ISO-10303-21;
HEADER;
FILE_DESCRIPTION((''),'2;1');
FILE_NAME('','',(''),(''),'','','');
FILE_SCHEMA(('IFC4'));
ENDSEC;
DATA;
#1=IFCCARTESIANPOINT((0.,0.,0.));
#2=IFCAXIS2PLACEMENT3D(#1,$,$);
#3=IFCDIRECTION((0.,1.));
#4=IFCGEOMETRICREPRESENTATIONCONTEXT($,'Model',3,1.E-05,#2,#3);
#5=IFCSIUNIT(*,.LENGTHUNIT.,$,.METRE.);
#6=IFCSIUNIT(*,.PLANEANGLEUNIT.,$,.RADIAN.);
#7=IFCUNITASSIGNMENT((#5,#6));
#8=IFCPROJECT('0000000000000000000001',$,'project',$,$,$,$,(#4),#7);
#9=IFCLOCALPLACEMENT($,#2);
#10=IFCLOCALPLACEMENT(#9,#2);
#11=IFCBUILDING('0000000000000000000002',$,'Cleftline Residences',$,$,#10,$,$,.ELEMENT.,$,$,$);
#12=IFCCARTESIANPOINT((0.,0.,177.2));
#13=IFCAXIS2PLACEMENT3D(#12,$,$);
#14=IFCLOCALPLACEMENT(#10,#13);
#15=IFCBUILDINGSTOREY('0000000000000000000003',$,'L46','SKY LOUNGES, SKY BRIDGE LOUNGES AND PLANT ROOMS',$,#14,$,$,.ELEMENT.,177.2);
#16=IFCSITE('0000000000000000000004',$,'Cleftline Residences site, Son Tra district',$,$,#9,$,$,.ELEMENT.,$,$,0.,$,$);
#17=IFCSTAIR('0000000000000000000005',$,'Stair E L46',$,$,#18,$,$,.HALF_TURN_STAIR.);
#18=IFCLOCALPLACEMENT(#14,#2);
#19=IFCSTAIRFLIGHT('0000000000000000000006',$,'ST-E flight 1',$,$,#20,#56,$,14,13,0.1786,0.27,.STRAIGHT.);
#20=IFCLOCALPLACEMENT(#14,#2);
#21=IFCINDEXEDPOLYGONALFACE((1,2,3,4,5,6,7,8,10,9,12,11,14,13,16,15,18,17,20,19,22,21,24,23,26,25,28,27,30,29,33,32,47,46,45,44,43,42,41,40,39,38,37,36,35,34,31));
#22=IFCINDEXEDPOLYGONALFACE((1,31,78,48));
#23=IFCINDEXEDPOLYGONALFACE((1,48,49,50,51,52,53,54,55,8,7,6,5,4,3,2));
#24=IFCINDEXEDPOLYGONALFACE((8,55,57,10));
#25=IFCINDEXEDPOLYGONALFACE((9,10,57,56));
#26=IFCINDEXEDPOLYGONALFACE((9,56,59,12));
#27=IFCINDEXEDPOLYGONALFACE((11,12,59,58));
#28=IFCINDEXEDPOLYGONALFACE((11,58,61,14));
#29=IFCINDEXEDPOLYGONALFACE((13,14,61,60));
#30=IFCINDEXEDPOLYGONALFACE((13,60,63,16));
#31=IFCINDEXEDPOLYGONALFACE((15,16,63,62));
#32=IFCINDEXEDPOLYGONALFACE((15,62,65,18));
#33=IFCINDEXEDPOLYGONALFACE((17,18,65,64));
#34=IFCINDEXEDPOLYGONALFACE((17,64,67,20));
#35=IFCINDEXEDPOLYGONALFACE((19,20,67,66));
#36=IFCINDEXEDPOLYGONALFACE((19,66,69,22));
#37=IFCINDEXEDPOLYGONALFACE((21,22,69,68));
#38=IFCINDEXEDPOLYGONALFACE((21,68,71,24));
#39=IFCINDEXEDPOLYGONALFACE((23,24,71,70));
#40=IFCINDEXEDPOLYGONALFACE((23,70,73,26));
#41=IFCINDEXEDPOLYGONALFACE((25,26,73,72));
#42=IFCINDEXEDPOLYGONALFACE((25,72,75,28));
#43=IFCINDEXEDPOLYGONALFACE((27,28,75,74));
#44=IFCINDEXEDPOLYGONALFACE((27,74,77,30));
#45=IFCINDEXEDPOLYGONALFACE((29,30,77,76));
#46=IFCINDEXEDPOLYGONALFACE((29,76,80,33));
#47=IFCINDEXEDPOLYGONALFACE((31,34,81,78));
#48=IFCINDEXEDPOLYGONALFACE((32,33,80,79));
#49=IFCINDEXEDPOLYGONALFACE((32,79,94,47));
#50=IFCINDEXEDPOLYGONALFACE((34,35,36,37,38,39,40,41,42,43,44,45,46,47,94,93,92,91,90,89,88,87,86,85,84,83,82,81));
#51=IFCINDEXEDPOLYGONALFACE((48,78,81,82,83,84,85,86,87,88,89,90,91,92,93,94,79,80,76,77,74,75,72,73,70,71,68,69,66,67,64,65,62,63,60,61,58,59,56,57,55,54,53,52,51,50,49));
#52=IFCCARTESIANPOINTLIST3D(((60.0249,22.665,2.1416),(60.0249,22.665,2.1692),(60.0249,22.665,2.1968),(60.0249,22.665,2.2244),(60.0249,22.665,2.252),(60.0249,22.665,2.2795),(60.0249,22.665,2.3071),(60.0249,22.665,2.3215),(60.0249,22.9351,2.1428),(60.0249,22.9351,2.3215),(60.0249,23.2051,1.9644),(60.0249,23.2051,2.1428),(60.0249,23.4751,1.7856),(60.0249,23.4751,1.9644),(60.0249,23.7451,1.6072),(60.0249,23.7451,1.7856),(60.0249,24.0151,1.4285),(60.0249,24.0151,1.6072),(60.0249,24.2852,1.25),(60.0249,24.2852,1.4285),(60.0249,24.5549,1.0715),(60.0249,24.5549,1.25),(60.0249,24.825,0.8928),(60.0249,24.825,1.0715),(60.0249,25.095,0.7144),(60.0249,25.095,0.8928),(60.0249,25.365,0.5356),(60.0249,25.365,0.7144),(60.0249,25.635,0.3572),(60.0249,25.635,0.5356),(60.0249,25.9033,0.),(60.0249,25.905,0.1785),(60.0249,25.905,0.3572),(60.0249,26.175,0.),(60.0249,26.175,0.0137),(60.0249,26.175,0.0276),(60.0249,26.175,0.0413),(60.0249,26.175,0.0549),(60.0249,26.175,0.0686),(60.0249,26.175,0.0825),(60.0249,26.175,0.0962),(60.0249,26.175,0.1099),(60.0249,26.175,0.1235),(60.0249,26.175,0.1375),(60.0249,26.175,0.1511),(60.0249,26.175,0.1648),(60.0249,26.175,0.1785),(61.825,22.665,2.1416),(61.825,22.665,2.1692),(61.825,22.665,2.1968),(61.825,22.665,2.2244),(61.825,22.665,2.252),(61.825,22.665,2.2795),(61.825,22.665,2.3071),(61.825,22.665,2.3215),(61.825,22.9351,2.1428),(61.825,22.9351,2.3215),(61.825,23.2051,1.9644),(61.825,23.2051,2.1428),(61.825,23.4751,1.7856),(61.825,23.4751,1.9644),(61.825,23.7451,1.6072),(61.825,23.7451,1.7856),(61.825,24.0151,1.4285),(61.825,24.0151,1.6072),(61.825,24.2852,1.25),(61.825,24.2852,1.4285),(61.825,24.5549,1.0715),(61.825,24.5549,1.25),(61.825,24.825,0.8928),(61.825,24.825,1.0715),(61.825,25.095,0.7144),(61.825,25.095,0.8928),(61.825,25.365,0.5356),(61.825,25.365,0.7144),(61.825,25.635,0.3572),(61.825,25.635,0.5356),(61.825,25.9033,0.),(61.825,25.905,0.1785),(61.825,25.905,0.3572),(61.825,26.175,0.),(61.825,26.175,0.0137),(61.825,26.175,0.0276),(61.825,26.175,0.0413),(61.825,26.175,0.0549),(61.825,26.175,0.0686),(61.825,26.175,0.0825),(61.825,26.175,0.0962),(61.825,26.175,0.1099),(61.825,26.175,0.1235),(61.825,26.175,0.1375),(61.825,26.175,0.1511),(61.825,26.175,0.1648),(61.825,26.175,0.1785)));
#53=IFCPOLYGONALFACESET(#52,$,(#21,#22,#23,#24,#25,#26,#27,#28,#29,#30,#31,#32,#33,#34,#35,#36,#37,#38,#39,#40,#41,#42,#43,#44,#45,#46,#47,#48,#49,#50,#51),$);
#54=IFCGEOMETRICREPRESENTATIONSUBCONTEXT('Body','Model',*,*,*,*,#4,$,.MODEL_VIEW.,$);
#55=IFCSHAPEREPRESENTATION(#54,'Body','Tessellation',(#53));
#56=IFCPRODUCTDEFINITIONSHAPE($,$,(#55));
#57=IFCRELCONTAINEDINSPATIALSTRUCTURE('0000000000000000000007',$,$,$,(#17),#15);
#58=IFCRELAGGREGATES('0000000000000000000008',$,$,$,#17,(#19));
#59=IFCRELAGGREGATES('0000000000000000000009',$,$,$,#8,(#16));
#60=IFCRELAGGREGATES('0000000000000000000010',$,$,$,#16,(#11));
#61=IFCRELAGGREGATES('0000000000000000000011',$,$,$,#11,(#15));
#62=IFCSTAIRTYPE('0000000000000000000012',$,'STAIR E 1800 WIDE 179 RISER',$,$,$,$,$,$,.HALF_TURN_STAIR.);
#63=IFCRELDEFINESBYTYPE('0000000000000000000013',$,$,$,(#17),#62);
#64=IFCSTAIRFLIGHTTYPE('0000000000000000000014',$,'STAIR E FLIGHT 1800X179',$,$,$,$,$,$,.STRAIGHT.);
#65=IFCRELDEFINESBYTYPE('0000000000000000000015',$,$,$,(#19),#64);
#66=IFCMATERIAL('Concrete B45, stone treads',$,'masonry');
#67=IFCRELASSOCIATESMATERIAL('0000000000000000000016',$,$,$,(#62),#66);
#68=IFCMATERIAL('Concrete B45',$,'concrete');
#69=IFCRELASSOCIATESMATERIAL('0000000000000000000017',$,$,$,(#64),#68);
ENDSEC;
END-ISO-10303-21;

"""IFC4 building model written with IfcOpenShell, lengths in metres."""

from ifc_helpers import new_model, si_unit, direction, frame, origin, place, context, subcontext, project, spatial, polyline, outline, extrude, material, type_object, element, aggregate, save


model = new_model("IFC4")

# Units and contexts
model_context = context("Model", 3, precision=1e-05, world=origin(), true_north=direction((0.0, 1.0)))
body_context = subcontext(model_context, "Body", "Model", "MODEL_VIEW")
ifc_project = project(units=[si_unit("LENGTHUNIT", "METRE"), si_unit("PLANEANGLEUNIT", "RADIAN")], contexts=[model_context])

# Site, building, storey
site_placement = place(None, origin())
site = spatial("IfcSite", under=ifc_project, at=site_placement, Name="Cleftline Residences site, Son Tra district", CompositionType="ELEMENT", RefElevation=0.0)
building_placement = place(site_placement, origin())
building = spatial("IfcBuilding", under=site, at=building_placement, Name="Cleftline Residences", CompositionType="ELEMENT")
storey_placement = place(building_placement, frame((0.0, 0.0, 177.2)))
storey = spatial("IfcBuildingStorey", under=building, at=storey_placement, Name="L46", Description="SKY LOUNGES, SKY BRIDGE LOUNGES AND PLANT ROOMS", CompositionType="ELEMENT", Elevation=177.2)

# Stair, stair flight
ifc_material_1 = material(Name="Concrete B45, stone treads", Category="masonry")
stair_type = type_object("IfcStairType", Name="STAIR E 1800 WIDE 179 RISER", PredefinedType="HALF_TURN_STAIR", material=ifc_material_1)
stair_placement = place(storey_placement, origin())
stair = element("IfcStair", 1, at=stair_placement, inside=storey, type_object=stair_type, Name="Stair E L46", PredefinedType="HALF_TURN_STAIR")
ifc_material_2 = material(Name="Concrete B45", Category="concrete")
stair_flight_type = type_object("IfcStairFlightType", Name="STAIR E FLIGHT 1800X179", PredefinedType="STRAIGHT", material=ifc_material_2)
stair_flight_placement = place(storey_placement, frame((60.925, 26.175, 0.0), z_axis=(0.0, 0.0, 1.0), x_axis=(0.0, -1.0, 0.0)))
stair_flight = element("IfcStairFlight", 2, at=stair_flight_placement, type_object=stair_flight_type, Name="ST-E flight 1", NumberOfRisers=14, NumberOfTreads=13, PredefinedType="STRAIGHT", RiserHeight=0.1786, TreadLength=0.27, context=body_context, shape_type="SweptSolid", body=[
    extrude(outline(polyline([(0.0, 0.0), (0.0, 0.0137), (0.0, 0.0276), (0.0, 0.0413), (0.0, 0.0549), (0.0, 0.0686), (0.0, 0.0825), (0.0, 0.0962), (0.0, 0.1099), (0.0, 0.1235), (0.0, 0.1375), (0.0, 0.1511), (0.0, 0.1648), (0.0, 0.1785), (0.27, 0.1785), (0.27, 0.3572), (0.54, 0.3572), (0.54, 0.5356), (0.8101, 0.5356), (0.8101, 0.7144), (1.0801, 0.7144), (1.0801, 0.8928), (1.3501, 0.8928), (1.3501, 1.0715), (1.6201, 1.0715), (1.6201, 1.25), (1.8899, 1.25), (1.8899, 1.4285), (2.1599, 1.4285), (2.1599, 1.6072), (2.4299, 1.6072), (2.4299, 1.7856), (2.7, 1.7856), (2.7, 1.9644), (2.97, 1.9644), (2.97, 2.1428), (3.24, 2.1428), (3.24, 2.3215), (3.51, 2.3215), (3.51, 2.5), (3.51, 2.4724), (3.51, 2.4448), (3.51, 2.4172), (3.51, 2.3896), (3.51, 2.3623), (3.51, 2.3347), (3.51, 2.3071), (3.51, 2.2795), (3.51, 2.252), (3.51, 2.2244), (3.51, 2.1968), (3.51, 2.1692), (3.51, 2.1416), (0.2717, 0.0), (0.0, 0.0)])), frame((0.0, 0.8999, 0.0), z_axis=(0.0, -1.0, 0.0), x_axis=(1.0, 0.0, 0.0)), (0.0, 0.0, 1.0), 1.8),
])
aggregate(stair, [stair_flight])

save(model, "model.ifc")
